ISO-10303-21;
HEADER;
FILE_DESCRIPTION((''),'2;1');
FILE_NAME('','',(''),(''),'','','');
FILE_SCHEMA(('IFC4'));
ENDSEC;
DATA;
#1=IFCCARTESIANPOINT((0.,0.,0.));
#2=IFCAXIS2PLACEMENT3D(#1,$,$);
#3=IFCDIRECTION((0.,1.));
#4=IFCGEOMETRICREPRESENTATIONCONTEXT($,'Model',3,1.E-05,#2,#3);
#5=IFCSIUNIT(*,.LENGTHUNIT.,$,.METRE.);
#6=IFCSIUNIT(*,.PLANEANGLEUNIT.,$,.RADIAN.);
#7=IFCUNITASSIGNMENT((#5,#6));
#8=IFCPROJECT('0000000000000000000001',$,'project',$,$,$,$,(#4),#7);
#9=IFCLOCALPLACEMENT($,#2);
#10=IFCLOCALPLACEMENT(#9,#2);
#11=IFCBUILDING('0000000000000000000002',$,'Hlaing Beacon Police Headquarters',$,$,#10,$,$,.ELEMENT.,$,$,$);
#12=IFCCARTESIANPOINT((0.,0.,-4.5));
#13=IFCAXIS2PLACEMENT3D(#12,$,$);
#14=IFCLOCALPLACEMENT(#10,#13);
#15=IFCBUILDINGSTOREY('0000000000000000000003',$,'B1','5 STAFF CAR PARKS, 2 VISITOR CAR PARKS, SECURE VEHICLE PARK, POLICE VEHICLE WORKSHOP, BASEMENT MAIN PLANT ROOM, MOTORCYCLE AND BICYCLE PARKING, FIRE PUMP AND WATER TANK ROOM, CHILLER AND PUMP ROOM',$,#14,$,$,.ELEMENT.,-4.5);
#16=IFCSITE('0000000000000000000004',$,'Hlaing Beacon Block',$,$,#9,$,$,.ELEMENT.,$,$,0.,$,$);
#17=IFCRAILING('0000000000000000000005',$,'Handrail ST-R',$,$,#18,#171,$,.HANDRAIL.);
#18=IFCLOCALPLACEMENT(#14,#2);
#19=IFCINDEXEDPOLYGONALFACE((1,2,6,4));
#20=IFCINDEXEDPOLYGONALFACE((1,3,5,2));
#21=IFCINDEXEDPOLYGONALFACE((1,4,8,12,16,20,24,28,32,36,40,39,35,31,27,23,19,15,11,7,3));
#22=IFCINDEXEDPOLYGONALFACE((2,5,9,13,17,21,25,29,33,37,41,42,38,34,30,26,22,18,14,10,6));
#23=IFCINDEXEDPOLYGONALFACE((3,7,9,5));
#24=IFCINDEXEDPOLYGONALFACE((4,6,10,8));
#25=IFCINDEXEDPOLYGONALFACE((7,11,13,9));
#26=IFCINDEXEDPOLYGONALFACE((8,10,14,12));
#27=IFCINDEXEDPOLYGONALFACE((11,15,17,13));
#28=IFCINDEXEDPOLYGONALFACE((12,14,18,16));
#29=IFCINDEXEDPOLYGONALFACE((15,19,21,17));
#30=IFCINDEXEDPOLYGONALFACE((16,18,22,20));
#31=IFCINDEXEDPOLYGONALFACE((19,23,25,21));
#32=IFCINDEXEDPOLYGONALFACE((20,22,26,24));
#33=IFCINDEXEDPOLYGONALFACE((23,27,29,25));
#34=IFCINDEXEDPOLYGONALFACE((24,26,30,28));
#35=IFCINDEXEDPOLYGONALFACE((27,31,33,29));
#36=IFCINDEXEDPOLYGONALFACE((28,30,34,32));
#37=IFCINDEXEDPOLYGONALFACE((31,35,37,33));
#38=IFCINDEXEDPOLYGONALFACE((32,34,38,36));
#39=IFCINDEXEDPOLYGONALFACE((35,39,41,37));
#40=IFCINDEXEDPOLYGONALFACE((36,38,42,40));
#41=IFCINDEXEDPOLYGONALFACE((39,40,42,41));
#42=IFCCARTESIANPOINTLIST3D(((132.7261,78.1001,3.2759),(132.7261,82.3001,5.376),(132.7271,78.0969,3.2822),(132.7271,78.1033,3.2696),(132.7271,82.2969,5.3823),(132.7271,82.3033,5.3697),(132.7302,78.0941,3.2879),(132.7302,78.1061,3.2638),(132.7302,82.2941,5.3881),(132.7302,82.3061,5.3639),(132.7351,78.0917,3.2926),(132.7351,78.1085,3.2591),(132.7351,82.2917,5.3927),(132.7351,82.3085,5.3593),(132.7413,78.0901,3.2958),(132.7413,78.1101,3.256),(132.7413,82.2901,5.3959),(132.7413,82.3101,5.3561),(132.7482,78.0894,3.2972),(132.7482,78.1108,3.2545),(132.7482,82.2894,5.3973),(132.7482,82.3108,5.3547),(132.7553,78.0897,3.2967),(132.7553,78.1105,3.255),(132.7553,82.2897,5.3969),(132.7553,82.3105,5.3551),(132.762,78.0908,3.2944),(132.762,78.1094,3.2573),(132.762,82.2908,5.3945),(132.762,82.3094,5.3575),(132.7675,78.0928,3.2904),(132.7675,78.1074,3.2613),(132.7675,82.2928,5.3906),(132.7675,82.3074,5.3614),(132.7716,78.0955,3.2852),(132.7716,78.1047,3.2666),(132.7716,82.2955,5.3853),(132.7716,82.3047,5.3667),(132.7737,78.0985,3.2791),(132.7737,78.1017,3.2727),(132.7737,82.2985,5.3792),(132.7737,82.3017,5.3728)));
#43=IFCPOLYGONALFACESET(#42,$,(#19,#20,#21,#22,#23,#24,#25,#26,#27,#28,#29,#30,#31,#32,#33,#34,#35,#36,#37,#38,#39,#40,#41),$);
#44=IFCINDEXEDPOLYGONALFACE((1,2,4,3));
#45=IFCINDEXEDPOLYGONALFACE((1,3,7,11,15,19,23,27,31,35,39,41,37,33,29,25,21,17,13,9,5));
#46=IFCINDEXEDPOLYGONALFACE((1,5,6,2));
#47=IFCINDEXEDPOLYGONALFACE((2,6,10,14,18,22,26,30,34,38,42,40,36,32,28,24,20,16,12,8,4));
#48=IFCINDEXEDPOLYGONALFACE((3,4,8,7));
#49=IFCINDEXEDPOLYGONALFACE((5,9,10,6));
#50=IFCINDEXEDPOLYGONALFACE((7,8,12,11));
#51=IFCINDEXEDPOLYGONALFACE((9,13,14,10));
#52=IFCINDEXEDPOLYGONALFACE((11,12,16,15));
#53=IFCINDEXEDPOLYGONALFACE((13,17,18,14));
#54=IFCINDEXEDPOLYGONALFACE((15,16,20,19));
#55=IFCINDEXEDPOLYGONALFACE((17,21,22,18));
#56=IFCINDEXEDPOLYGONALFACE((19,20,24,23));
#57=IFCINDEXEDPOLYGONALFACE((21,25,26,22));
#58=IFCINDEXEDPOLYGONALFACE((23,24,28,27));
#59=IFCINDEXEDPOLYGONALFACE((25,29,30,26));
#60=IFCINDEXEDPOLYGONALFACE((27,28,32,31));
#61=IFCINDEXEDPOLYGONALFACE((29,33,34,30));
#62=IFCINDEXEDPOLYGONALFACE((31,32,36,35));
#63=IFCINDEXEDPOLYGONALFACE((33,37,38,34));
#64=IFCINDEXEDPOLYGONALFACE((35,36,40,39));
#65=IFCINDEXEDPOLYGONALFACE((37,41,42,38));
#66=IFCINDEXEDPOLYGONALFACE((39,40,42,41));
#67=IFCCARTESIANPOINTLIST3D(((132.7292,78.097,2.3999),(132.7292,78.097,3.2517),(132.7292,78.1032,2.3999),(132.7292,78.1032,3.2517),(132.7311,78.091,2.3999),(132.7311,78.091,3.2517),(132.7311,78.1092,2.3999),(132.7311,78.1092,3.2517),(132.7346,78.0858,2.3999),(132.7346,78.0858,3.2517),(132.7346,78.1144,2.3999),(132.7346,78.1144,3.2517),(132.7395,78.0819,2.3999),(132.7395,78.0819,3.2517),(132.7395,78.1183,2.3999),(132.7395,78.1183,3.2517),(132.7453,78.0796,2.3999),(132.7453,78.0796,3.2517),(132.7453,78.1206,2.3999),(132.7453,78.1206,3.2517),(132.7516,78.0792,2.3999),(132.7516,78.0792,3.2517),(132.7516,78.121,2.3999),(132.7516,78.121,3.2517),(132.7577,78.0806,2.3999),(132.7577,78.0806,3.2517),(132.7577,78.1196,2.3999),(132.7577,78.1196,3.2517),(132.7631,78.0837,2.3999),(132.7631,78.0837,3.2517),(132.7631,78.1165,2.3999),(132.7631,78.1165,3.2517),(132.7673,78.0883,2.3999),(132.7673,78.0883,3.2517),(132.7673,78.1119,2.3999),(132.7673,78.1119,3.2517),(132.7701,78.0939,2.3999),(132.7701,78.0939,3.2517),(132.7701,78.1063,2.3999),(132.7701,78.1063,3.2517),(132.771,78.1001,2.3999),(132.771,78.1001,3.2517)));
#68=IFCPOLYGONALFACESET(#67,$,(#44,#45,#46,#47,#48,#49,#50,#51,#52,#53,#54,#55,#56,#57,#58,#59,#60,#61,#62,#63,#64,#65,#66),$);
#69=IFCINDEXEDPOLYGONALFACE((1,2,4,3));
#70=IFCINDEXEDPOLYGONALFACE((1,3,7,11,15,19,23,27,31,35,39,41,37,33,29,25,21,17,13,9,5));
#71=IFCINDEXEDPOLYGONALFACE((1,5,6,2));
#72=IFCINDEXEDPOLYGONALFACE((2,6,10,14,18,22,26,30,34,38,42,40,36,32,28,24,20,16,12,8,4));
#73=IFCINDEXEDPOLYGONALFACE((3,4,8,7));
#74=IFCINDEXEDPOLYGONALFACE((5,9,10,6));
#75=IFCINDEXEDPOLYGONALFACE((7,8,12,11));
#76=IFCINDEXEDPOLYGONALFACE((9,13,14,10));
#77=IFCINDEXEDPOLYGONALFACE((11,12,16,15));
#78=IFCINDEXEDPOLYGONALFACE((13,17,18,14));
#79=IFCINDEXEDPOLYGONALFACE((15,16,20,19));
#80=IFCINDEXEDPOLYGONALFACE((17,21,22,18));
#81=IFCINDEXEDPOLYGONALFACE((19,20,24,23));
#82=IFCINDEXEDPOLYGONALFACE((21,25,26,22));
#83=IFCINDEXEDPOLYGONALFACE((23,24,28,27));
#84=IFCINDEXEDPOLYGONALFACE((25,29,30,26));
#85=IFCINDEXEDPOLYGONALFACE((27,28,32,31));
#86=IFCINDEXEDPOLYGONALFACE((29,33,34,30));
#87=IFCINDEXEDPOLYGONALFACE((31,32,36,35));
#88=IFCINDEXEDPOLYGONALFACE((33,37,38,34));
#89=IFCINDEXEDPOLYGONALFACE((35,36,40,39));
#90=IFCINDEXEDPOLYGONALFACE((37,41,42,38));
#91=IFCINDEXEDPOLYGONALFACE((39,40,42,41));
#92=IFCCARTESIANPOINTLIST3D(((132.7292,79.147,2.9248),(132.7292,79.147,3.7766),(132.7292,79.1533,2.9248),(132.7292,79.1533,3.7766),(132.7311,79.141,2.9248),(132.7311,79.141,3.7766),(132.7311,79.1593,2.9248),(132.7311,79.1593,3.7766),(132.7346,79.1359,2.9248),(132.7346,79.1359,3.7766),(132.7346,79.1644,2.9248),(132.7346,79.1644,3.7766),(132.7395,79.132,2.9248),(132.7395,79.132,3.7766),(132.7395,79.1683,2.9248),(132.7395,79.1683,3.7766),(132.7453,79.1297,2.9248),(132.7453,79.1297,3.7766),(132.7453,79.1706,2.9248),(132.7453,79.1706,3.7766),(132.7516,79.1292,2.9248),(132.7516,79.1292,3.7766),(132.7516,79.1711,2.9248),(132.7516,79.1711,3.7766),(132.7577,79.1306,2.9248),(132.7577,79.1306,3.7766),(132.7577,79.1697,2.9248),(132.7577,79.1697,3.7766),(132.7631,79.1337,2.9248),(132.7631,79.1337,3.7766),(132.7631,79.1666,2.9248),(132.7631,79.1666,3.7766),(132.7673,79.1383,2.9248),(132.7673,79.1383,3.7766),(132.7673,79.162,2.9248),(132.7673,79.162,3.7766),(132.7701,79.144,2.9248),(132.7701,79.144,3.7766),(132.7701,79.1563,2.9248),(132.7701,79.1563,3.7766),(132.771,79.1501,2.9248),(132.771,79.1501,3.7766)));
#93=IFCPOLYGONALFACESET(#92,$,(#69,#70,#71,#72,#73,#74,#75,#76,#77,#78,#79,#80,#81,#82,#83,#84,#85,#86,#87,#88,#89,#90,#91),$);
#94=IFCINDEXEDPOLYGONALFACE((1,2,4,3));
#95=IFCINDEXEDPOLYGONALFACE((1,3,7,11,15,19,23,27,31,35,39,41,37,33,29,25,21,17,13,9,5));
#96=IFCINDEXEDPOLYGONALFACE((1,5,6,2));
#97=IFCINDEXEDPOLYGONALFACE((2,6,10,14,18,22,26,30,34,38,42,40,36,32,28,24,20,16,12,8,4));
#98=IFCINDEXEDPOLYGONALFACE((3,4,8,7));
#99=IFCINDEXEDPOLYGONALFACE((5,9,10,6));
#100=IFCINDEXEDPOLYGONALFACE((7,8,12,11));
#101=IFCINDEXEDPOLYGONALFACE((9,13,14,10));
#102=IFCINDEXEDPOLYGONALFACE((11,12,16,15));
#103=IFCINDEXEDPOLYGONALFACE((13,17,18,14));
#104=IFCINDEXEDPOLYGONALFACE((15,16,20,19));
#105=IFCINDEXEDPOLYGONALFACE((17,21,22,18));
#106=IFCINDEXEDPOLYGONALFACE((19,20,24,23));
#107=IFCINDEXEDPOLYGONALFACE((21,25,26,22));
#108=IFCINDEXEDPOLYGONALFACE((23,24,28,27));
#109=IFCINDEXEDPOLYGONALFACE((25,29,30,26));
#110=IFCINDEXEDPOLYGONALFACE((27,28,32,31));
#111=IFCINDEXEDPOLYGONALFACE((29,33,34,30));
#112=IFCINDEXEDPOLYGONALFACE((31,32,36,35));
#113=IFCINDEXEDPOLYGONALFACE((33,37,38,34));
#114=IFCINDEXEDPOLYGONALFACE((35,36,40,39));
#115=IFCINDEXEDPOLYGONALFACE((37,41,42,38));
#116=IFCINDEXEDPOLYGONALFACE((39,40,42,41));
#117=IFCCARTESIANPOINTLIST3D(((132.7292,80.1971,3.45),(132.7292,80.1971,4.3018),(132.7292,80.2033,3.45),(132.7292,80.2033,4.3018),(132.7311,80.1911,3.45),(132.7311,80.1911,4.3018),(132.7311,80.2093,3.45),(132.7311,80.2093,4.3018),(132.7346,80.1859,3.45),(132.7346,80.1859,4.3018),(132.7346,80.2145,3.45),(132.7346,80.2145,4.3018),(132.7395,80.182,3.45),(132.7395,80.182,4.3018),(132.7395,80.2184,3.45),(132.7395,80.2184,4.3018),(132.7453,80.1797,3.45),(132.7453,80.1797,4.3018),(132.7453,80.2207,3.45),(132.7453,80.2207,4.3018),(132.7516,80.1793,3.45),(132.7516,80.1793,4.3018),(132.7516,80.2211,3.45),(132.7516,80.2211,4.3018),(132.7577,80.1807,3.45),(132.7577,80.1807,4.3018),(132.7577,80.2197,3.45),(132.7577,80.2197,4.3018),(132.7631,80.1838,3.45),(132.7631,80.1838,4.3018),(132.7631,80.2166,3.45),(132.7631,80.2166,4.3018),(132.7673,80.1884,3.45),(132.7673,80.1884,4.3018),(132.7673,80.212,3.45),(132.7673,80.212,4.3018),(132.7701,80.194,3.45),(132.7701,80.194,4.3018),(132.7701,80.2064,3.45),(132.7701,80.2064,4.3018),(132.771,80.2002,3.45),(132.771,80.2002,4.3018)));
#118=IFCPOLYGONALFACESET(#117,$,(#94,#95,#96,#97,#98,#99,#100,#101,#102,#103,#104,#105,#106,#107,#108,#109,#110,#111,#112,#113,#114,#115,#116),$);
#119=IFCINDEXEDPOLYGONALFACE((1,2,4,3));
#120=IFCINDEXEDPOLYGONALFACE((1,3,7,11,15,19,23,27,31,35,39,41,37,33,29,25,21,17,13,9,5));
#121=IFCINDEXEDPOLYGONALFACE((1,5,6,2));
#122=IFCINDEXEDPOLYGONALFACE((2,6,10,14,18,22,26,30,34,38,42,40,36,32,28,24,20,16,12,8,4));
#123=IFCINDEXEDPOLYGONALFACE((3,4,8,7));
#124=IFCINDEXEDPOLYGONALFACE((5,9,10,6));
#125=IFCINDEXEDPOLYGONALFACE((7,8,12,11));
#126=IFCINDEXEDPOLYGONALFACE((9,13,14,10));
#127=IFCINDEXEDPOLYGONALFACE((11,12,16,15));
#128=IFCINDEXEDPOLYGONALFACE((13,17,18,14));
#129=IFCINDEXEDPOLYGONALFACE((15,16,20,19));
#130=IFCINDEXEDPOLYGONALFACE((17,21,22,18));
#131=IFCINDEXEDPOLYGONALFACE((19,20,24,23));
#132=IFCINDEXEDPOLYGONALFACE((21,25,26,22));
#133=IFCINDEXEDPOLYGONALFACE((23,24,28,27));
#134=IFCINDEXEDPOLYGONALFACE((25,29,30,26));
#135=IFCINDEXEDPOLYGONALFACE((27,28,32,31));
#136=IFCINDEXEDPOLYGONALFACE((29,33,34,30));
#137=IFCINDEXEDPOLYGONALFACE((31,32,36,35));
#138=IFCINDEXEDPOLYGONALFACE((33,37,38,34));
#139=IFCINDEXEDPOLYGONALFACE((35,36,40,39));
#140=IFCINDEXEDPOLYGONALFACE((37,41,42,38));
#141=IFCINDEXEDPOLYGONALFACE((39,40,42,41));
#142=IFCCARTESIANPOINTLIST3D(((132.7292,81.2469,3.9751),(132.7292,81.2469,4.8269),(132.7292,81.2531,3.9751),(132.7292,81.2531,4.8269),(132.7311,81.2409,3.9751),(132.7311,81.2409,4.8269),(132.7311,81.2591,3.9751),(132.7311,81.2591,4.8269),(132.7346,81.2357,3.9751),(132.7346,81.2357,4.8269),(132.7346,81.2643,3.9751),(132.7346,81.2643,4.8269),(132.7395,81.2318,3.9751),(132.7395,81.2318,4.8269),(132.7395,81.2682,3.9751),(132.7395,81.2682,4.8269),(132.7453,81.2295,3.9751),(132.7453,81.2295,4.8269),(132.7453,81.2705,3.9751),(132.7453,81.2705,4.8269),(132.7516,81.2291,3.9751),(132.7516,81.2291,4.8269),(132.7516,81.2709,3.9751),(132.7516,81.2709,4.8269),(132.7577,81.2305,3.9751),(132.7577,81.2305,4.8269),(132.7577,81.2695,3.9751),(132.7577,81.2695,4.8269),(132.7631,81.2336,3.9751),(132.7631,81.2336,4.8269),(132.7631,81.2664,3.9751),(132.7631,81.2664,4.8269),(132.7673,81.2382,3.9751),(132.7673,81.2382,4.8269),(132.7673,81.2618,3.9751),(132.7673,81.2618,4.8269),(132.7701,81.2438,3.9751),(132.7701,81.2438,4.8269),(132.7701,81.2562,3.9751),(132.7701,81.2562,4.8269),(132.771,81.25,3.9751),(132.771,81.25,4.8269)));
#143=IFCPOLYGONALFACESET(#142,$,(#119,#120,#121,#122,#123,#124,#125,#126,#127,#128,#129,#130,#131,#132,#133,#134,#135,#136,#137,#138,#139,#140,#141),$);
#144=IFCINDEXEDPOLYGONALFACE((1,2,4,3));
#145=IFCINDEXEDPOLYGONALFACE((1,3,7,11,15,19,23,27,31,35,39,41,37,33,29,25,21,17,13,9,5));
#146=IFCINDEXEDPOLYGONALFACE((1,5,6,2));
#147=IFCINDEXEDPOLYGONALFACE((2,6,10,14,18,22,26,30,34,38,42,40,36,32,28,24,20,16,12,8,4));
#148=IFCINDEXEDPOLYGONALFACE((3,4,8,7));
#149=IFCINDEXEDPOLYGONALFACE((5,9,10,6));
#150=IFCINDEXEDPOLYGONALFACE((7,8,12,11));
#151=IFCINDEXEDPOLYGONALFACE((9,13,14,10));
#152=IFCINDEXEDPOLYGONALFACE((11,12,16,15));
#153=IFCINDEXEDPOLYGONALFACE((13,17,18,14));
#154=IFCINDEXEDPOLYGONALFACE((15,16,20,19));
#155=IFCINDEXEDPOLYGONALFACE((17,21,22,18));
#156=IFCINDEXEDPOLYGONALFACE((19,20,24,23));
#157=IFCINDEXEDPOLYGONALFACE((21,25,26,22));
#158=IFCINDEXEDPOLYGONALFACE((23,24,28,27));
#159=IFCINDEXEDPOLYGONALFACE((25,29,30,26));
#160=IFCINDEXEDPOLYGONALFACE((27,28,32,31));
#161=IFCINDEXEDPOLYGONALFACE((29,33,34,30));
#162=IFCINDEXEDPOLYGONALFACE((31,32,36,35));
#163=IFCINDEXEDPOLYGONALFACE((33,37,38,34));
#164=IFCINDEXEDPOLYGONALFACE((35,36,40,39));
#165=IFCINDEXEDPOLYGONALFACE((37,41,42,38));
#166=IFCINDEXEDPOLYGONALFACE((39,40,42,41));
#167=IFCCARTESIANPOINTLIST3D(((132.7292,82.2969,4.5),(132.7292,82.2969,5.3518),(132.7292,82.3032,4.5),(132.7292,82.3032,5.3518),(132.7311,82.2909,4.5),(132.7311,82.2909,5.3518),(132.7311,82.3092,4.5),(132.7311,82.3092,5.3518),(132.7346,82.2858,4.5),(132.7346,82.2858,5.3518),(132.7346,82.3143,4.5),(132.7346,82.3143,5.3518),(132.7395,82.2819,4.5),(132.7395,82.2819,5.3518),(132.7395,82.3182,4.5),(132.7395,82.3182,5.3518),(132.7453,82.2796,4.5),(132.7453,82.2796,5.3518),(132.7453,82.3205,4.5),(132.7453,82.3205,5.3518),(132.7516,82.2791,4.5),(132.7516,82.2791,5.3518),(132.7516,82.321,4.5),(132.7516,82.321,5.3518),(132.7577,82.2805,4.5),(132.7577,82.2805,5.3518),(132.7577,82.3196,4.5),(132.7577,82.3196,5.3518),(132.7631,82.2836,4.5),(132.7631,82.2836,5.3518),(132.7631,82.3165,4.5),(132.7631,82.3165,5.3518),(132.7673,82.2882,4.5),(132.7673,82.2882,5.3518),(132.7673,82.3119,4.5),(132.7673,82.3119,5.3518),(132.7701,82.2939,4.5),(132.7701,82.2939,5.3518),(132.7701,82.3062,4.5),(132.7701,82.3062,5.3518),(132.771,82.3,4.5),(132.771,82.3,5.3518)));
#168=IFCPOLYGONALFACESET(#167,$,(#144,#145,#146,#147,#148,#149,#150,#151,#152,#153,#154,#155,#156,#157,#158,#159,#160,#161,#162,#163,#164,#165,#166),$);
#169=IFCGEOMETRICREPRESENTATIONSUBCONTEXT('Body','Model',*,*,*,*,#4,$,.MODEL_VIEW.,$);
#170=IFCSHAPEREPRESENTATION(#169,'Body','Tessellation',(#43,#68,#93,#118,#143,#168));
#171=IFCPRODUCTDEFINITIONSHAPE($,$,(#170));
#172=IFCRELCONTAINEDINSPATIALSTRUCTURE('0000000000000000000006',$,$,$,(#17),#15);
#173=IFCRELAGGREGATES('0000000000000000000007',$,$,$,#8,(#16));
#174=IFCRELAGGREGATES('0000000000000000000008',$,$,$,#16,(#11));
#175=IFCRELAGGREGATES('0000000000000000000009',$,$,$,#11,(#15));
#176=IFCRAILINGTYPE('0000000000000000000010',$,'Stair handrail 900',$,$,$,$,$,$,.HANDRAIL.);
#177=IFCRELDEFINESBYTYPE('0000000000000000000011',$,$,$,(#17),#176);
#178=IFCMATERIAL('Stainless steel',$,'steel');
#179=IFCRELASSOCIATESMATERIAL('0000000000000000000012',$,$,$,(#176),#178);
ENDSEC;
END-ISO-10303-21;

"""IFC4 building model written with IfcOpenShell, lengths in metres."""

from ifc_helpers import new_model, si_unit, direction, frame, origin, origin_2d, place, context, subcontext, project, spatial, circle, extrude, material, type_object, element, save


model = new_model("IFC4")

# Units and contexts
model_context = context("Model", 3, precision=1e-05, world=origin(), true_north=direction((0.0, 1.0)))
body_context = subcontext(model_context, "Body", "Model", "MODEL_VIEW")
ifc_project = project(units=[si_unit("LENGTHUNIT", "METRE"), si_unit("PLANEANGLEUNIT", "RADIAN")], contexts=[model_context])

# Site, building, storey
site_placement = place(None, origin())
site = spatial("IfcSite", under=ifc_project, at=site_placement, Name="Hlaing Beacon Block", CompositionType="ELEMENT", RefElevation=0.0)
building_placement = place(site_placement, origin())
building = spatial("IfcBuilding", under=site, at=building_placement, Name="Hlaing Beacon Police Headquarters", CompositionType="ELEMENT")
storey_placement = place(building_placement, frame((0.0, 0.0, -4.5)))
storey = spatial("IfcBuildingStorey", under=building, at=storey_placement, Name="B1", Description="5 STAFF CAR PARKS, 2 VISITOR CAR PARKS, SECURE VEHICLE PARK, POLICE VEHICLE WORKSHOP, BASEMENT MAIN PLANT ROOM, MOTORCYCLE AND BICYCLE PARKING, FIRE PUMP AND WATER TANK ROOM, CHILLER AND PUMP ROOM", CompositionType="ELEMENT", Elevation=-4.5)

# Railing
ifc_material_1 = material(Name="Stainless steel", Category="steel")
railing_type = type_object("IfcRailingType", Name="Stair handrail 900", PredefinedType="HANDRAIL", material=ifc_material_1)
for number, where, name in (
    (1, (132.75, 78.1001, 2.3999), "Handrail ST-R"),
):
    element("IfcRailing", number, at=place(storey_placement, frame(where)), inside=storey, type_object=railing_type, Name=name, PredefinedType="HANDRAIL", context=body_context, shape_type="SweptSolid", body=[
        extrude(circle(Radius=0.0239, at=origin_2d()), frame((0.0, 0.0, 0.876), z_axis=(0.0, 0.894417, 0.447234), x_axis=(-1.0, 0.0, 0.0)), (0.0, 0.0, 1.0), 4.6958),
        extrude(circle(Radius=0.021, at=origin_2d()), origin(), (0.0, 0.0, 1.0), 0.8518),
        extrude(circle(Radius=0.021, at=origin_2d()), frame((0.0, 1.05, 0.5249)), (0.0, 0.0, 1.0), 0.8518),
        extrude(circle(Radius=0.021, at=origin_2d()), frame((0.0, 2.1001, 1.05)), (0.0, 0.0, 1.0), 0.8518),
        extrude(circle(Radius=0.021, at=origin_2d()), frame((0.0, 3.1499, 1.5752)), (0.0, 0.0, 1.0), 0.8518),
        extrude(circle(Radius=0.021, at=origin_2d()), frame((0.0, 4.2, 2.1001)), (0.0, 0.0, 1.0), 0.8518),
    ])

save(model, "model.ifc")
